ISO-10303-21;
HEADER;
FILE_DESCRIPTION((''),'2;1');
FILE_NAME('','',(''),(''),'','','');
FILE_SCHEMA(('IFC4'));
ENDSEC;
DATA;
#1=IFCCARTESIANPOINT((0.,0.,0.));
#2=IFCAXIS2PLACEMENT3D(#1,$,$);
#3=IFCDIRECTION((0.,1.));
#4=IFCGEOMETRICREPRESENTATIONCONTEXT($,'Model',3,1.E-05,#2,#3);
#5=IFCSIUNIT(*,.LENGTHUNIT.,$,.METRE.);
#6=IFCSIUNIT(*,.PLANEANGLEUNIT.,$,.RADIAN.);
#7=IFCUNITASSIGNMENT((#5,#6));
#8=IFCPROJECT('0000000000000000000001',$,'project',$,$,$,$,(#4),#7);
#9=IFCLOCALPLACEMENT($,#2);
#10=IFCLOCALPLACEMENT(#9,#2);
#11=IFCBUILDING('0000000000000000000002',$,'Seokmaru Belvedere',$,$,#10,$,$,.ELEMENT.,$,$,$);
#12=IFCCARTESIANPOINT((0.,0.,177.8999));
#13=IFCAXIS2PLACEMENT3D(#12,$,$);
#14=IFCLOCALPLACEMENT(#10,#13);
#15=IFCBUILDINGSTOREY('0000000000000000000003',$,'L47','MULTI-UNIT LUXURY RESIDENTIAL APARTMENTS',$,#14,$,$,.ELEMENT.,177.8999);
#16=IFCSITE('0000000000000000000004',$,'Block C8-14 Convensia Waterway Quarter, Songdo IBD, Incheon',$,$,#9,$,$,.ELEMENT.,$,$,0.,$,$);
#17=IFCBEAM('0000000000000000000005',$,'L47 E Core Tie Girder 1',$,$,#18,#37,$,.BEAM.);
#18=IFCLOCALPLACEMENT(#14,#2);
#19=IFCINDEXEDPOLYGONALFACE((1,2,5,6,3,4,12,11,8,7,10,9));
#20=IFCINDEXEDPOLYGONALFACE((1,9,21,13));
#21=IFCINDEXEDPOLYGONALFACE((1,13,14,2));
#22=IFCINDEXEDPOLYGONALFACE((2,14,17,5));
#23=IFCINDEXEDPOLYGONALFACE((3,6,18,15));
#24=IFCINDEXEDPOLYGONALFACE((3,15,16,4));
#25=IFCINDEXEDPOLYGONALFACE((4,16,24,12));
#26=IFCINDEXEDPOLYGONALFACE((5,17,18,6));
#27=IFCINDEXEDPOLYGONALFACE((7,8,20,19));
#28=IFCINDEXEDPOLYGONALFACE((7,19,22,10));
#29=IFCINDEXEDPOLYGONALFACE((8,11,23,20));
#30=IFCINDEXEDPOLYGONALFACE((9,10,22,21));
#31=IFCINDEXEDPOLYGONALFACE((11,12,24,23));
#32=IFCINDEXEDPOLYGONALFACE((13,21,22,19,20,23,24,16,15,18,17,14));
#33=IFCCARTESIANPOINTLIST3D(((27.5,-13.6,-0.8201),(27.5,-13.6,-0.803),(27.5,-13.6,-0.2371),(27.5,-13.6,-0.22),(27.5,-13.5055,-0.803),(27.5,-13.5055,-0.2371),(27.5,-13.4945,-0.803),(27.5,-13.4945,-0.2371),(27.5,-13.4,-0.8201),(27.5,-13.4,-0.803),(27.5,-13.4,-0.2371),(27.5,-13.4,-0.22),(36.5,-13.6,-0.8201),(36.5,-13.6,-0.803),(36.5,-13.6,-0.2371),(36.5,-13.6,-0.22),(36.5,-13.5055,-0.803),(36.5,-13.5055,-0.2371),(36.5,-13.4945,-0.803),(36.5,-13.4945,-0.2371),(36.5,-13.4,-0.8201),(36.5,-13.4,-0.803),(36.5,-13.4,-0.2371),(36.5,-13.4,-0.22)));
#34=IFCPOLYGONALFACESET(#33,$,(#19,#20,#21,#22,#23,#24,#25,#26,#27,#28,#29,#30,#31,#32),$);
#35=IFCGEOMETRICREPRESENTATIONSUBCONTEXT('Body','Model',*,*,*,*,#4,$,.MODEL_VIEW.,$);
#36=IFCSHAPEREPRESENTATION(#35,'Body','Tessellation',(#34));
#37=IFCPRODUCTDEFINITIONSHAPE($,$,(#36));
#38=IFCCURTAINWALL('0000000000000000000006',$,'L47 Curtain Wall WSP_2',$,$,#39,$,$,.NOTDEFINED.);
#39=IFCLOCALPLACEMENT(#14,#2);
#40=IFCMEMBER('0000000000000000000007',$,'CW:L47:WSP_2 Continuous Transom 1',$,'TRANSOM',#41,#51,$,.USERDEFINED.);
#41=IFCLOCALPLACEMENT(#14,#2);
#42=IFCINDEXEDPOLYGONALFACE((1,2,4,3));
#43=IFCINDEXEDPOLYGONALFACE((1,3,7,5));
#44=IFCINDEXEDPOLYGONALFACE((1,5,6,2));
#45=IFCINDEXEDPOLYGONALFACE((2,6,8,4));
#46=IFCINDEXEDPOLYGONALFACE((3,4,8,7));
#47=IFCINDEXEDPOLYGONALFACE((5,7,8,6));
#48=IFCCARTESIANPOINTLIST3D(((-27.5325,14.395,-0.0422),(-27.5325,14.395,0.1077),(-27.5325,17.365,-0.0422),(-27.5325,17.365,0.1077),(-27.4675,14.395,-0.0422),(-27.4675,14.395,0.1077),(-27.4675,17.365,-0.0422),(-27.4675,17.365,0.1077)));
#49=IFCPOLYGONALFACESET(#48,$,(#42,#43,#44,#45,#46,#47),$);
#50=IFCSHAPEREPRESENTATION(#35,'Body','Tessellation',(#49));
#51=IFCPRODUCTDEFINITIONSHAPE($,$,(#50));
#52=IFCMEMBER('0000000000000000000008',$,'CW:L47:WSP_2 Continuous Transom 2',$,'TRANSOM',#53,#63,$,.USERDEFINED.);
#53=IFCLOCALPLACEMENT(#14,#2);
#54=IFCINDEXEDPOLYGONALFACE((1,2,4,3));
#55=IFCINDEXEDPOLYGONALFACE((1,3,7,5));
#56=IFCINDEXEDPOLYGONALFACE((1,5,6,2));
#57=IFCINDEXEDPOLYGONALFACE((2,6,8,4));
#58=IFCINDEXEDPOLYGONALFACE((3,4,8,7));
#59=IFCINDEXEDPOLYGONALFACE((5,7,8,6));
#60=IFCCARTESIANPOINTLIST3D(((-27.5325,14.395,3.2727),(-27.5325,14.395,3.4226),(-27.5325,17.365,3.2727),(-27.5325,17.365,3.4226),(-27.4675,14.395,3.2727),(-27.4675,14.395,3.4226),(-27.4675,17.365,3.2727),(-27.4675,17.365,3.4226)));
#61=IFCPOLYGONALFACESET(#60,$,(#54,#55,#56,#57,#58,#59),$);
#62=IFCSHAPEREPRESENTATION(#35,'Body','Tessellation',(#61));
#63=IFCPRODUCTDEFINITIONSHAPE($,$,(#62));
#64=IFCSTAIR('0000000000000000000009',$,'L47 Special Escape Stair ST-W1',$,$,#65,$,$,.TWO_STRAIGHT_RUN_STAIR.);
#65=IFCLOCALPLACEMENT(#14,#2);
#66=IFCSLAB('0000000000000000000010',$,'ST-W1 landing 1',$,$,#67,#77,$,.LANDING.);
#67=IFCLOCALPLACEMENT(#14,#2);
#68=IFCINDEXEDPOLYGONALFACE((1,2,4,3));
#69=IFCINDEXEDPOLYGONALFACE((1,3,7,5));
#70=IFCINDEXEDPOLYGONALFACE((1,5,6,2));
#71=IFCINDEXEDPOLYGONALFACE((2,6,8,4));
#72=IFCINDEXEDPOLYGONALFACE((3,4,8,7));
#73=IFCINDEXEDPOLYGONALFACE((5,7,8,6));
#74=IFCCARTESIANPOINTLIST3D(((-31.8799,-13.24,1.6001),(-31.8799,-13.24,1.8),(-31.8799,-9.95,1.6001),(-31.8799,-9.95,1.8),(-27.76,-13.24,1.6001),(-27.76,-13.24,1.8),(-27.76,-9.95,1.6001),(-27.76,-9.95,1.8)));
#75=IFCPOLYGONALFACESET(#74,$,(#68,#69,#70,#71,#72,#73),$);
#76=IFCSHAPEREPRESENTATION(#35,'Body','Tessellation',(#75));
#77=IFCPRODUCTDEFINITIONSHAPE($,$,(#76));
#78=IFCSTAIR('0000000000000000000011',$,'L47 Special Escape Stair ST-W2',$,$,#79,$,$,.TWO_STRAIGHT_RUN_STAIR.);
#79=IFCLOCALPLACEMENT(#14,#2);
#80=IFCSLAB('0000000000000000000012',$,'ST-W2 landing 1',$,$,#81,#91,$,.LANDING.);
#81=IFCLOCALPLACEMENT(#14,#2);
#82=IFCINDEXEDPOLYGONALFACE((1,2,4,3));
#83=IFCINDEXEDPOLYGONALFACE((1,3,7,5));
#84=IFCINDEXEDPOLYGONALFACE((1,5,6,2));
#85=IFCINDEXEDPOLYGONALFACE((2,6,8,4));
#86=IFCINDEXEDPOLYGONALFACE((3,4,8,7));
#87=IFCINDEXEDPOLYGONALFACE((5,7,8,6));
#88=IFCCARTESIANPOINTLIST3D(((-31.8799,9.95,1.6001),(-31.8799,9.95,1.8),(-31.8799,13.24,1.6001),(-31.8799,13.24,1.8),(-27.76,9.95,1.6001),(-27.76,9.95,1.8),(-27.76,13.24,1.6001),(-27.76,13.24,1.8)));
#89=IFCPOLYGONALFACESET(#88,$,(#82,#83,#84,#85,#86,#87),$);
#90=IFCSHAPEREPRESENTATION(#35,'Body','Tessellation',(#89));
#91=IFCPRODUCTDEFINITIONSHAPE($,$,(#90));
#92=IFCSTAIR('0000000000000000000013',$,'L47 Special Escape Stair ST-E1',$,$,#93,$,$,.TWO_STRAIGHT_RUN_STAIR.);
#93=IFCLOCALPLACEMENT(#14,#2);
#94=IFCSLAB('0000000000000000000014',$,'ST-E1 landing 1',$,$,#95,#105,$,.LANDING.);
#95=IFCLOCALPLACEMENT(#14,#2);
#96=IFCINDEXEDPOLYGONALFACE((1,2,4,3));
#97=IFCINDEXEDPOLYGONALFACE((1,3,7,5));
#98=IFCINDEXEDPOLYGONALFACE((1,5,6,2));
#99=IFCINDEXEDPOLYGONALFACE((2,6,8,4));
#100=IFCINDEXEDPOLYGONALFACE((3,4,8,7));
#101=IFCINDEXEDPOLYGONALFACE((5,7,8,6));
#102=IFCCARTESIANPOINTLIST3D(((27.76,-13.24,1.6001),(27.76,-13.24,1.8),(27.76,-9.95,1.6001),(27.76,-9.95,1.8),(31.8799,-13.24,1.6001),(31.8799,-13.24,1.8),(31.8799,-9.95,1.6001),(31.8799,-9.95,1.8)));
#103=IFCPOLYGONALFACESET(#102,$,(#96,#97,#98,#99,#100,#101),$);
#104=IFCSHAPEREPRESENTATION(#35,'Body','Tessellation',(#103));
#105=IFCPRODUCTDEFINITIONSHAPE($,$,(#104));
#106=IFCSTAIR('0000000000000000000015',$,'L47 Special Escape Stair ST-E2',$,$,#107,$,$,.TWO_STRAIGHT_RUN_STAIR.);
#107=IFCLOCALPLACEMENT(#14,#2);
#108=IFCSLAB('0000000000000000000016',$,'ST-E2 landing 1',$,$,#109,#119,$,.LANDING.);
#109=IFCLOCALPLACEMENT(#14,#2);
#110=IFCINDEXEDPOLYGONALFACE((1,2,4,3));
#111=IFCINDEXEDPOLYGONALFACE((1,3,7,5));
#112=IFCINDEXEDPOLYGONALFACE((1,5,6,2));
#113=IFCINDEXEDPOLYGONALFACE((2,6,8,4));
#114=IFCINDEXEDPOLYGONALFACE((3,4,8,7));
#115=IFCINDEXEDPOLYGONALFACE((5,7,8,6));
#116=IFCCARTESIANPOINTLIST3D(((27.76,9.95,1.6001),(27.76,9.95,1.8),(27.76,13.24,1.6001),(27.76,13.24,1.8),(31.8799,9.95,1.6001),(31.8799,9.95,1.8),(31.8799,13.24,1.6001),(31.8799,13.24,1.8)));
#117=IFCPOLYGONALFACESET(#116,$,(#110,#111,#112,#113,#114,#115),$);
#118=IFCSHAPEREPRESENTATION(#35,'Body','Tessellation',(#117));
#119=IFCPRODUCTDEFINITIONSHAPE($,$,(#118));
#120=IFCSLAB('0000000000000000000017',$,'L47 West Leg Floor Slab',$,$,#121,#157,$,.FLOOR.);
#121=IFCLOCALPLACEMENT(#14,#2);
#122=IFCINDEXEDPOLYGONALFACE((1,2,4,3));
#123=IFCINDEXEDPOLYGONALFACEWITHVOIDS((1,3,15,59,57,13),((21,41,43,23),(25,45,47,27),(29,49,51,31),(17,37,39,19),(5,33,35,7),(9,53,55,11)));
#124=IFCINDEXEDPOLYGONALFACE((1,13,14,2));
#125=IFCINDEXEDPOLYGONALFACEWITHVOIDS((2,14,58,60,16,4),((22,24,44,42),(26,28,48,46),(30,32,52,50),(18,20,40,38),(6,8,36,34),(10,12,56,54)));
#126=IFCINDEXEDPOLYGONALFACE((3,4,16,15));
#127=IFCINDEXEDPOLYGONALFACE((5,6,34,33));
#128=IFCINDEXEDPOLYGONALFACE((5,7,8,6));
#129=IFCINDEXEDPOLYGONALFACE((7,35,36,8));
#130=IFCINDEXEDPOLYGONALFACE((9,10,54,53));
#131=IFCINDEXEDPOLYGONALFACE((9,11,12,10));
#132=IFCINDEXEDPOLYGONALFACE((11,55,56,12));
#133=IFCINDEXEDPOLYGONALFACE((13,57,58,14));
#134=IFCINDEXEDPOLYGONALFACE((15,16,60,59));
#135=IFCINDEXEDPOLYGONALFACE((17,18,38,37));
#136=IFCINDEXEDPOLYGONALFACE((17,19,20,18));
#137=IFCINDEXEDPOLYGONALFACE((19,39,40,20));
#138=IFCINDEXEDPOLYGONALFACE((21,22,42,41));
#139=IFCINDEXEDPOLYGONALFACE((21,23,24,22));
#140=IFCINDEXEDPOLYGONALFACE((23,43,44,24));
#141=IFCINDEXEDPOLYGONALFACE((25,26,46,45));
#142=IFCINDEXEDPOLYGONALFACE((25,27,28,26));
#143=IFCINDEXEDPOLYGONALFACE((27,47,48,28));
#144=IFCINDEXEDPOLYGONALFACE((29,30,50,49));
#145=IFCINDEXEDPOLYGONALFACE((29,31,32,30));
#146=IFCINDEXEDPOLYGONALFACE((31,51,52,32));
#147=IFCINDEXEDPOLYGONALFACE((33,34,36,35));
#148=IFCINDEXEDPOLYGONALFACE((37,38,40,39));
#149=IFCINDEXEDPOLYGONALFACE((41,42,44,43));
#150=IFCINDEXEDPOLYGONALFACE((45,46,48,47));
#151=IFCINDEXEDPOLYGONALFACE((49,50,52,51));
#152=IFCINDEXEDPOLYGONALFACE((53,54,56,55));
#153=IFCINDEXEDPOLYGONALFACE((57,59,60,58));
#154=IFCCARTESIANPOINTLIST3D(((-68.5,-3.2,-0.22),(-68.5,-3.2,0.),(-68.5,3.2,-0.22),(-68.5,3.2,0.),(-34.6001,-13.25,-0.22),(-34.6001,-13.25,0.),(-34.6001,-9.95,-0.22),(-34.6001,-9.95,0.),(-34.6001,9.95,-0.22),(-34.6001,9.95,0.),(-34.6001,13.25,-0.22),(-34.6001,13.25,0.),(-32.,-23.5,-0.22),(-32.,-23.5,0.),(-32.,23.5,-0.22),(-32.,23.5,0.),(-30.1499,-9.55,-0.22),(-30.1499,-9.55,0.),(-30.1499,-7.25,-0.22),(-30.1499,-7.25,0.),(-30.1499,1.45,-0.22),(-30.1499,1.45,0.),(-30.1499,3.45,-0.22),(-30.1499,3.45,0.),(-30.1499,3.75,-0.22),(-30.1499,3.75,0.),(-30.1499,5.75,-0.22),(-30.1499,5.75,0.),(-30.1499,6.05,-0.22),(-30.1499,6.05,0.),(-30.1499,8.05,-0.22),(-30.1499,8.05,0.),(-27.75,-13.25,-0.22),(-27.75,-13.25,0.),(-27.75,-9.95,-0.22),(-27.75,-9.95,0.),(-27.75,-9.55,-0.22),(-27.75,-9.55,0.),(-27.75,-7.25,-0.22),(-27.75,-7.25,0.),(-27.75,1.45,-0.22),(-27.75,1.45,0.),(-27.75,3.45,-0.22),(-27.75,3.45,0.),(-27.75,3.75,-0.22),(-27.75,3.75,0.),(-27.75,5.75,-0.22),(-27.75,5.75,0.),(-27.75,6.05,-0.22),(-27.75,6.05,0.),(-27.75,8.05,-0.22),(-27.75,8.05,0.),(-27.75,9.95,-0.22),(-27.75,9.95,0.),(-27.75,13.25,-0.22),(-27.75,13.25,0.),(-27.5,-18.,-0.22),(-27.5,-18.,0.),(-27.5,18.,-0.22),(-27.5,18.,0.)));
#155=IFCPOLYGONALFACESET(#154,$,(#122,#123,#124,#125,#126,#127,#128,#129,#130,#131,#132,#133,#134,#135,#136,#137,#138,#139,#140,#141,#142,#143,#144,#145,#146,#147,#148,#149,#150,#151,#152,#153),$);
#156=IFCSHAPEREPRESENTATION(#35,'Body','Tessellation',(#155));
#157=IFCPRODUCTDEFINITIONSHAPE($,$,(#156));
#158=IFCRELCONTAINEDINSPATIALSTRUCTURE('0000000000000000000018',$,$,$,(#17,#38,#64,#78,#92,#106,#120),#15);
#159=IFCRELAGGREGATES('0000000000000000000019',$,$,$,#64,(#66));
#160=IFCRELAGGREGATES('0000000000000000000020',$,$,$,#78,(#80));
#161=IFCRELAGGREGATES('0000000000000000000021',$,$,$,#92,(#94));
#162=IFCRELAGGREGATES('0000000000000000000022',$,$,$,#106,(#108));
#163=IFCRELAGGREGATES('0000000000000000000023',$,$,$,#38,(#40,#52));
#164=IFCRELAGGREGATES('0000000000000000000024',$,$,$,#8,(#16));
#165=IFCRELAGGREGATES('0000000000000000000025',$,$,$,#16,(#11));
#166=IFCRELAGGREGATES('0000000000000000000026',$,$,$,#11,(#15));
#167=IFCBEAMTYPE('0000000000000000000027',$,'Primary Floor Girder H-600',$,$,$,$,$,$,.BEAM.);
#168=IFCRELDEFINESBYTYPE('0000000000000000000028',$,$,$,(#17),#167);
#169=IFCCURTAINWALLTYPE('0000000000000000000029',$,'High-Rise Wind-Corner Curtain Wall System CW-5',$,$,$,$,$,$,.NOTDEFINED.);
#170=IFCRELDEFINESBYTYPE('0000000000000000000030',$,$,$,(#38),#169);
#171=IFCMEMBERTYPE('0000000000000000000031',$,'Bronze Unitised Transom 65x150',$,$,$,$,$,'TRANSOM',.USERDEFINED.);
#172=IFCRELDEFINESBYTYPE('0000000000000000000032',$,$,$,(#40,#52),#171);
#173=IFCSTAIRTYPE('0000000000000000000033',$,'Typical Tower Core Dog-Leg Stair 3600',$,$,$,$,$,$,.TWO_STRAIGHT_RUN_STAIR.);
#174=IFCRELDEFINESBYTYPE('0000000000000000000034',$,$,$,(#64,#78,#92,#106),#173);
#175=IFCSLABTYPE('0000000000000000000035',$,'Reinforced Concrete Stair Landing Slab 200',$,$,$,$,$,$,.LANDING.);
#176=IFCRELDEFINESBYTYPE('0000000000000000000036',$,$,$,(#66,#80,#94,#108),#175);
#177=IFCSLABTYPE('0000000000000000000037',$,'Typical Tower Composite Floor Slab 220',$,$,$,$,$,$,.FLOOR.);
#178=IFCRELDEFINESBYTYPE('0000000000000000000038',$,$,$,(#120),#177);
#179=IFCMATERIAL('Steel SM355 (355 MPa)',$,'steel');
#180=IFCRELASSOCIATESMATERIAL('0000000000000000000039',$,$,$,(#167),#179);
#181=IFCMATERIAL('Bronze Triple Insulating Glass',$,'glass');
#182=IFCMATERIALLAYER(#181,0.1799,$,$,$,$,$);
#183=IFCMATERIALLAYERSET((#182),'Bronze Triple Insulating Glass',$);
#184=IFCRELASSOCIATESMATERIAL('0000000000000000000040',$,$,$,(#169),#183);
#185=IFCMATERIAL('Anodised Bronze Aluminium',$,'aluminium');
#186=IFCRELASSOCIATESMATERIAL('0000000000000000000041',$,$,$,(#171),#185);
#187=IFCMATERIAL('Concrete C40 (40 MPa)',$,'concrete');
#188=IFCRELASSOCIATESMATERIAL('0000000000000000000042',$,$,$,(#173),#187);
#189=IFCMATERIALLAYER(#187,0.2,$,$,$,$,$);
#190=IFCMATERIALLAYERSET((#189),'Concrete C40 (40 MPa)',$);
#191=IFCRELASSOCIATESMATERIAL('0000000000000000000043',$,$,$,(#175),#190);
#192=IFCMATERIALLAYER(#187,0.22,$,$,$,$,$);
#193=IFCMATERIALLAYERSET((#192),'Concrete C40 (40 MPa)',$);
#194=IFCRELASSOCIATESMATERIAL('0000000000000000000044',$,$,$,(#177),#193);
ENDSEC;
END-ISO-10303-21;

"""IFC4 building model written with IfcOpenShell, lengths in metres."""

from ifc_helpers import new_model, si_unit, direction, frame, origin, origin_2d, place, context, subcontext, project, spatial, polyline, rectangle, i_section, outline, extrude, source, transform, mapped, material, layer, layer_set, material_profile, profile_set, type_object, type_shapes, element, aggregate, save


model = new_model("IFC4")

# Units and contexts
model_context = context("Model", 3, precision=1e-05, world=origin(), true_north=direction((0.0, 1.0)))
body_context = subcontext(model_context, "Body", "Model", "MODEL_VIEW")
ifc_project = project(units=[si_unit("LENGTHUNIT", "METRE"), si_unit("PLANEANGLEUNIT", "RADIAN")], contexts=[model_context])

# Site, building, storey
site_placement = place(None, origin())
site = spatial("IfcSite", under=ifc_project, at=site_placement, Name="Block C8-14 Convensia Waterway Quarter, Songdo IBD, Incheon", CompositionType="ELEMENT", RefElevation=0.0)
building_placement = place(site_placement, origin())
building = spatial("IfcBuilding", under=site, at=building_placement, Name="Seokmaru Belvedere", CompositionType="ELEMENT")
storey_placement = place(building_placement, frame((0.0, 0.0, 177.8999)))
storey = spatial("IfcBuildingStorey", under=building, at=storey_placement, Name="L47", Description="MULTI-UNIT LUXURY RESIDENTIAL APARTMENTS", CompositionType="ELEMENT", Elevation=177.8999)

# Beam
ifc_material_1 = material(Name="Steel SM355 (355 MPa)", Category="steel")
ifc_material_profile_1 = material_profile(ifc_material_1, i_section(OverallWidth=0.2, OverallDepth=0.6001, WebThickness=0.011, FlangeThickness=0.0171, at=origin_2d()), Name="H-600x200x11x17")
ifc_profile_set_1 = profile_set([ifc_material_profile_1], Name="Steel SM355 (355 MPa)")
beam_type_1 = type_object("IfcBeamType", Name="Primary Floor Girder H-600", PredefinedType="BEAM", material=ifc_profile_set_1)
shared_shape_1 = source(origin(), body_context, "Body", "SweptSolid", [
    extrude(i_section(OverallWidth=0.2, OverallDepth=0.6001, WebThickness=0.011, FlangeThickness=0.0171, at=origin_2d()), origin(), (0.0, 0.0, 1.0), 9.0),
])
type_shapes(beam_type_1, [shared_shape_1])
beam_1_placement = place(storey_placement, frame((27.5, -13.5, -0.52), z_axis=(1.0, 0.0, 0.0), x_axis=(0.0, 1.0, 0.0)))
element("IfcBeam", 1, at=beam_1_placement, inside=storey, type_object=beam_type_1, Name="L47 E Core Tie Girder 1", PredefinedType="BEAM", context=body_context, shape_type="MappedRepresentation", body=[
    mapped(shared_shape_1, transform((0.0, 0.0, 0.0), scale=1.0)),
])

# Curtain wall, members
ifc_material_2 = material(Name="Bronze Triple Insulating Glass", Category="glass")
ifc_layer_1 = layer(ifc_material_2, 0.1799)
ifc_layer_set_1 = layer_set([ifc_layer_1], Name="Bronze Triple Insulating Glass")
curtain_wall_type = type_object("IfcCurtainWallType", Name="High-Rise Wind-Corner Curtain Wall System CW-5", PredefinedType="NOTDEFINED", material=ifc_layer_set_1)
curtain_wall_placement = place(storey_placement, origin())
curtain_wall = element("IfcCurtainWall", 2, at=curtain_wall_placement, inside=storey, type_object=curtain_wall_type, Name="L47 Curtain Wall WSP_2", PredefinedType="NOTDEFINED")
ifc_material_3 = material(Name="Anodised Bronze Aluminium", Category="aluminium")
ifc_material_profile_2 = material_profile(ifc_material_3, rectangle(XDim=0.0649, YDim=0.1499, at=origin_2d()), Name="CW-T-65x150")
ifc_profile_set_2 = profile_set([ifc_material_profile_2], Name="Anodised Bronze Aluminium")
member_type = type_object("IfcMemberType", Name="Bronze Unitised Transom 65x150", ElementType="TRANSOM", PredefinedType="USERDEFINED", material=ifc_profile_set_2)
shared_shape_2 = source(origin(), body_context, "Body", "SweptSolid", [
    extrude(rectangle(XDim=0.0649, YDim=0.1499, at=origin_2d()), origin(), (0.0, 0.0, 1.0), 2.97),
])
type_shapes(member_type, [shared_shape_2])
member_1_placement = place(storey_placement, frame((-27.5, 14.395, 0.0327), z_axis=(0.0, 1.0, 0.0), x_axis=(-1.0, 0.0, 0.0)))
member_1 = element("IfcMember", 3, at=member_1_placement, type_object=member_type, Name="CW:L47:WSP_2 Continuous Transom 1", ObjectType="TRANSOM", PredefinedType="USERDEFINED", context=body_context, shape_type="MappedRepresentation", body=[
    mapped(shared_shape_2, transform((0.0, 0.0, 0.0), scale=1.0)),
])
member_2_placement = place(storey_placement, frame((-27.5, 14.395, 3.3477), z_axis=(0.0, 1.0, 0.0), x_axis=(-1.0, 0.0, 0.0)))
member_2 = element("IfcMember", 4, at=member_2_placement, type_object=member_type, Name="CW:L47:WSP_2 Continuous Transom 2", ObjectType="TRANSOM", PredefinedType="USERDEFINED", context=body_context, shape_type="MappedRepresentation", body=[
    mapped(shared_shape_2, transform((0.0, 0.0, 0.0), scale=1.0)),
])

# Stairs, slabs
ifc_material_4 = material(Name="Concrete C40 (40 MPa)", Category="concrete")
stair_type = type_object("IfcStairType", Name="Typical Tower Core Dog-Leg Stair 3600", PredefinedType="TWO_STRAIGHT_RUN_STAIR", material=ifc_material_4)
stair_1_placement = place(storey_placement, origin())
stair_1 = element("IfcStair", 5, at=stair_1_placement, inside=storey, type_object=stair_type, Name="L47 Special Escape Stair ST-W1", PredefinedType="TWO_STRAIGHT_RUN_STAIR")
ifc_layer_2 = layer(ifc_material_4, 0.2)
ifc_layer_set_2 = layer_set([ifc_layer_2], Name="Concrete C40 (40 MPa)")
slab_type_1 = type_object("IfcSlabType", Name="Reinforced Concrete Stair Landing Slab 200", PredefinedType="LANDING", material=ifc_layer_set_2)
slab_1_placement = place(storey_placement, frame((0.0, 0.0, 1.6001)))
slab_1 = element("IfcSlab", 6, at=slab_1_placement, type_object=slab_type_1, Name="ST-W1 landing 1", PredefinedType="LANDING", context=body_context, shape_type="SweptSolid", body=[
    extrude(outline(polyline([(-31.8799, -13.24), (-27.76, -13.24), (-27.76, -9.95), (-31.8799, -9.95), (-31.8799, -13.24)])), origin(), (0.0, 0.0, 1.0), 0.2),
])
aggregate(stair_1, [slab_1])
stair_2_placement = place(storey_placement, origin())
stair_2 = element("IfcStair", 7, at=stair_2_placement, inside=storey, type_object=stair_type, Name="L47 Special Escape Stair ST-W2", PredefinedType="TWO_STRAIGHT_RUN_STAIR")
slab_2_placement = place(storey_placement, frame((0.0, 0.0, 1.6001)))
slab_2 = element("IfcSlab", 8, at=slab_2_placement, type_object=slab_type_1, Name="ST-W2 landing 1", PredefinedType="LANDING", context=body_context, shape_type="SweptSolid", body=[
    extrude(outline(polyline([(-31.8799, 9.95), (-27.76, 9.95), (-27.76, 13.24), (-31.8799, 13.24), (-31.8799, 9.95)])), origin(), (0.0, 0.0, 1.0), 0.2),
])
aggregate(stair_2, [slab_2])
stair_3_placement = place(storey_placement, origin())
stair_3 = element("IfcStair", 9, at=stair_3_placement, inside=storey, type_object=stair_type, Name="L47 Special Escape Stair ST-E1", PredefinedType="TWO_STRAIGHT_RUN_STAIR")
slab_3_placement = place(storey_placement, frame((0.0, 0.0, 1.6001)))
slab_3 = element("IfcSlab", 10, at=slab_3_placement, type_object=slab_type_1, Name="ST-E1 landing 1", PredefinedType="LANDING", context=body_context, shape_type="SweptSolid", body=[
    extrude(outline(polyline([(27.76, -13.24), (31.8799, -13.24), (31.8799, -9.95), (27.76, -9.95), (27.76, -13.24)])), origin(), (0.0, 0.0, 1.0), 0.2),
])
aggregate(stair_3, [slab_3])
stair_4_placement = place(storey_placement, origin())
stair_4 = element("IfcStair", 11, at=stair_4_placement, inside=storey, type_object=stair_type, Name="L47 Special Escape Stair ST-E2", PredefinedType="TWO_STRAIGHT_RUN_STAIR")
slab_4_placement = place(storey_placement, frame((0.0, 0.0, 1.6001)))
slab_4 = element("IfcSlab", 12, at=slab_4_placement, type_object=slab_type_1, Name="ST-E2 landing 1", PredefinedType="LANDING", context=body_context, shape_type="SweptSolid", body=[
    extrude(outline(polyline([(27.76, 9.95), (31.8799, 9.95), (31.8799, 13.24), (27.76, 13.24), (27.76, 9.95)])), origin(), (0.0, 0.0, 1.0), 0.2),
])
aggregate(stair_4, [slab_4])

# Slab
ifc_layer_3 = layer(ifc_material_4, 0.22)
ifc_layer_set_3 = layer_set([ifc_layer_3], Name="Concrete C40 (40 MPa)")
slab_type_2 = type_object("IfcSlabType", Name="Typical Tower Composite Floor Slab 220", PredefinedType="FLOOR", material=ifc_layer_set_3)
slab_5_placement = place(storey_placement, frame((0.0, 0.0, -0.22)))
element("IfcSlab", 13, at=slab_5_placement, inside=storey, type_object=slab_type_2, Name="L47 West Leg Floor Slab", PredefinedType="FLOOR", context=body_context, shape_type="SweptSolid", body=[
    extrude(outline(polyline([(-27.5, -18.0), (-27.5, 18.0), (-32.0, 23.5), (-68.5, 3.2), (-68.5, -3.2), (-32.0, -23.5), (-27.5, -18.0)]), holes=[polyline([(-34.6001, -13.25), (-27.75, -13.25), (-27.75, -9.95), (-34.6001, -9.95), (-34.6001, -13.25)]), polyline([(-34.6001, 9.95), (-27.75, 9.95), (-27.75, 13.25), (-34.6001, 13.25), (-34.6001, 9.95)]), polyline([(-30.1499, -9.55), (-27.75, -9.55), (-27.75, -7.25), (-30.1499, -7.25), (-30.1499, -9.55)]), polyline([(-30.1499, 1.45), (-27.75, 1.45), (-27.75, 3.45), (-30.1499, 3.45), (-30.1499, 1.45)]), polyline([(-30.1499, 3.75), (-27.75, 3.75), (-27.75, 5.75), (-30.1499, 5.75), (-30.1499, 3.75)]), polyline([(-30.1499, 6.05), (-27.75, 6.05), (-27.75, 8.05), (-30.1499, 8.05), (-30.1499, 6.05)])]), origin(), (0.0, 0.0, 1.0), 0.22),
])

aggregate(curtain_wall, [member_1, member_2])

save(model, "model.ifc")
